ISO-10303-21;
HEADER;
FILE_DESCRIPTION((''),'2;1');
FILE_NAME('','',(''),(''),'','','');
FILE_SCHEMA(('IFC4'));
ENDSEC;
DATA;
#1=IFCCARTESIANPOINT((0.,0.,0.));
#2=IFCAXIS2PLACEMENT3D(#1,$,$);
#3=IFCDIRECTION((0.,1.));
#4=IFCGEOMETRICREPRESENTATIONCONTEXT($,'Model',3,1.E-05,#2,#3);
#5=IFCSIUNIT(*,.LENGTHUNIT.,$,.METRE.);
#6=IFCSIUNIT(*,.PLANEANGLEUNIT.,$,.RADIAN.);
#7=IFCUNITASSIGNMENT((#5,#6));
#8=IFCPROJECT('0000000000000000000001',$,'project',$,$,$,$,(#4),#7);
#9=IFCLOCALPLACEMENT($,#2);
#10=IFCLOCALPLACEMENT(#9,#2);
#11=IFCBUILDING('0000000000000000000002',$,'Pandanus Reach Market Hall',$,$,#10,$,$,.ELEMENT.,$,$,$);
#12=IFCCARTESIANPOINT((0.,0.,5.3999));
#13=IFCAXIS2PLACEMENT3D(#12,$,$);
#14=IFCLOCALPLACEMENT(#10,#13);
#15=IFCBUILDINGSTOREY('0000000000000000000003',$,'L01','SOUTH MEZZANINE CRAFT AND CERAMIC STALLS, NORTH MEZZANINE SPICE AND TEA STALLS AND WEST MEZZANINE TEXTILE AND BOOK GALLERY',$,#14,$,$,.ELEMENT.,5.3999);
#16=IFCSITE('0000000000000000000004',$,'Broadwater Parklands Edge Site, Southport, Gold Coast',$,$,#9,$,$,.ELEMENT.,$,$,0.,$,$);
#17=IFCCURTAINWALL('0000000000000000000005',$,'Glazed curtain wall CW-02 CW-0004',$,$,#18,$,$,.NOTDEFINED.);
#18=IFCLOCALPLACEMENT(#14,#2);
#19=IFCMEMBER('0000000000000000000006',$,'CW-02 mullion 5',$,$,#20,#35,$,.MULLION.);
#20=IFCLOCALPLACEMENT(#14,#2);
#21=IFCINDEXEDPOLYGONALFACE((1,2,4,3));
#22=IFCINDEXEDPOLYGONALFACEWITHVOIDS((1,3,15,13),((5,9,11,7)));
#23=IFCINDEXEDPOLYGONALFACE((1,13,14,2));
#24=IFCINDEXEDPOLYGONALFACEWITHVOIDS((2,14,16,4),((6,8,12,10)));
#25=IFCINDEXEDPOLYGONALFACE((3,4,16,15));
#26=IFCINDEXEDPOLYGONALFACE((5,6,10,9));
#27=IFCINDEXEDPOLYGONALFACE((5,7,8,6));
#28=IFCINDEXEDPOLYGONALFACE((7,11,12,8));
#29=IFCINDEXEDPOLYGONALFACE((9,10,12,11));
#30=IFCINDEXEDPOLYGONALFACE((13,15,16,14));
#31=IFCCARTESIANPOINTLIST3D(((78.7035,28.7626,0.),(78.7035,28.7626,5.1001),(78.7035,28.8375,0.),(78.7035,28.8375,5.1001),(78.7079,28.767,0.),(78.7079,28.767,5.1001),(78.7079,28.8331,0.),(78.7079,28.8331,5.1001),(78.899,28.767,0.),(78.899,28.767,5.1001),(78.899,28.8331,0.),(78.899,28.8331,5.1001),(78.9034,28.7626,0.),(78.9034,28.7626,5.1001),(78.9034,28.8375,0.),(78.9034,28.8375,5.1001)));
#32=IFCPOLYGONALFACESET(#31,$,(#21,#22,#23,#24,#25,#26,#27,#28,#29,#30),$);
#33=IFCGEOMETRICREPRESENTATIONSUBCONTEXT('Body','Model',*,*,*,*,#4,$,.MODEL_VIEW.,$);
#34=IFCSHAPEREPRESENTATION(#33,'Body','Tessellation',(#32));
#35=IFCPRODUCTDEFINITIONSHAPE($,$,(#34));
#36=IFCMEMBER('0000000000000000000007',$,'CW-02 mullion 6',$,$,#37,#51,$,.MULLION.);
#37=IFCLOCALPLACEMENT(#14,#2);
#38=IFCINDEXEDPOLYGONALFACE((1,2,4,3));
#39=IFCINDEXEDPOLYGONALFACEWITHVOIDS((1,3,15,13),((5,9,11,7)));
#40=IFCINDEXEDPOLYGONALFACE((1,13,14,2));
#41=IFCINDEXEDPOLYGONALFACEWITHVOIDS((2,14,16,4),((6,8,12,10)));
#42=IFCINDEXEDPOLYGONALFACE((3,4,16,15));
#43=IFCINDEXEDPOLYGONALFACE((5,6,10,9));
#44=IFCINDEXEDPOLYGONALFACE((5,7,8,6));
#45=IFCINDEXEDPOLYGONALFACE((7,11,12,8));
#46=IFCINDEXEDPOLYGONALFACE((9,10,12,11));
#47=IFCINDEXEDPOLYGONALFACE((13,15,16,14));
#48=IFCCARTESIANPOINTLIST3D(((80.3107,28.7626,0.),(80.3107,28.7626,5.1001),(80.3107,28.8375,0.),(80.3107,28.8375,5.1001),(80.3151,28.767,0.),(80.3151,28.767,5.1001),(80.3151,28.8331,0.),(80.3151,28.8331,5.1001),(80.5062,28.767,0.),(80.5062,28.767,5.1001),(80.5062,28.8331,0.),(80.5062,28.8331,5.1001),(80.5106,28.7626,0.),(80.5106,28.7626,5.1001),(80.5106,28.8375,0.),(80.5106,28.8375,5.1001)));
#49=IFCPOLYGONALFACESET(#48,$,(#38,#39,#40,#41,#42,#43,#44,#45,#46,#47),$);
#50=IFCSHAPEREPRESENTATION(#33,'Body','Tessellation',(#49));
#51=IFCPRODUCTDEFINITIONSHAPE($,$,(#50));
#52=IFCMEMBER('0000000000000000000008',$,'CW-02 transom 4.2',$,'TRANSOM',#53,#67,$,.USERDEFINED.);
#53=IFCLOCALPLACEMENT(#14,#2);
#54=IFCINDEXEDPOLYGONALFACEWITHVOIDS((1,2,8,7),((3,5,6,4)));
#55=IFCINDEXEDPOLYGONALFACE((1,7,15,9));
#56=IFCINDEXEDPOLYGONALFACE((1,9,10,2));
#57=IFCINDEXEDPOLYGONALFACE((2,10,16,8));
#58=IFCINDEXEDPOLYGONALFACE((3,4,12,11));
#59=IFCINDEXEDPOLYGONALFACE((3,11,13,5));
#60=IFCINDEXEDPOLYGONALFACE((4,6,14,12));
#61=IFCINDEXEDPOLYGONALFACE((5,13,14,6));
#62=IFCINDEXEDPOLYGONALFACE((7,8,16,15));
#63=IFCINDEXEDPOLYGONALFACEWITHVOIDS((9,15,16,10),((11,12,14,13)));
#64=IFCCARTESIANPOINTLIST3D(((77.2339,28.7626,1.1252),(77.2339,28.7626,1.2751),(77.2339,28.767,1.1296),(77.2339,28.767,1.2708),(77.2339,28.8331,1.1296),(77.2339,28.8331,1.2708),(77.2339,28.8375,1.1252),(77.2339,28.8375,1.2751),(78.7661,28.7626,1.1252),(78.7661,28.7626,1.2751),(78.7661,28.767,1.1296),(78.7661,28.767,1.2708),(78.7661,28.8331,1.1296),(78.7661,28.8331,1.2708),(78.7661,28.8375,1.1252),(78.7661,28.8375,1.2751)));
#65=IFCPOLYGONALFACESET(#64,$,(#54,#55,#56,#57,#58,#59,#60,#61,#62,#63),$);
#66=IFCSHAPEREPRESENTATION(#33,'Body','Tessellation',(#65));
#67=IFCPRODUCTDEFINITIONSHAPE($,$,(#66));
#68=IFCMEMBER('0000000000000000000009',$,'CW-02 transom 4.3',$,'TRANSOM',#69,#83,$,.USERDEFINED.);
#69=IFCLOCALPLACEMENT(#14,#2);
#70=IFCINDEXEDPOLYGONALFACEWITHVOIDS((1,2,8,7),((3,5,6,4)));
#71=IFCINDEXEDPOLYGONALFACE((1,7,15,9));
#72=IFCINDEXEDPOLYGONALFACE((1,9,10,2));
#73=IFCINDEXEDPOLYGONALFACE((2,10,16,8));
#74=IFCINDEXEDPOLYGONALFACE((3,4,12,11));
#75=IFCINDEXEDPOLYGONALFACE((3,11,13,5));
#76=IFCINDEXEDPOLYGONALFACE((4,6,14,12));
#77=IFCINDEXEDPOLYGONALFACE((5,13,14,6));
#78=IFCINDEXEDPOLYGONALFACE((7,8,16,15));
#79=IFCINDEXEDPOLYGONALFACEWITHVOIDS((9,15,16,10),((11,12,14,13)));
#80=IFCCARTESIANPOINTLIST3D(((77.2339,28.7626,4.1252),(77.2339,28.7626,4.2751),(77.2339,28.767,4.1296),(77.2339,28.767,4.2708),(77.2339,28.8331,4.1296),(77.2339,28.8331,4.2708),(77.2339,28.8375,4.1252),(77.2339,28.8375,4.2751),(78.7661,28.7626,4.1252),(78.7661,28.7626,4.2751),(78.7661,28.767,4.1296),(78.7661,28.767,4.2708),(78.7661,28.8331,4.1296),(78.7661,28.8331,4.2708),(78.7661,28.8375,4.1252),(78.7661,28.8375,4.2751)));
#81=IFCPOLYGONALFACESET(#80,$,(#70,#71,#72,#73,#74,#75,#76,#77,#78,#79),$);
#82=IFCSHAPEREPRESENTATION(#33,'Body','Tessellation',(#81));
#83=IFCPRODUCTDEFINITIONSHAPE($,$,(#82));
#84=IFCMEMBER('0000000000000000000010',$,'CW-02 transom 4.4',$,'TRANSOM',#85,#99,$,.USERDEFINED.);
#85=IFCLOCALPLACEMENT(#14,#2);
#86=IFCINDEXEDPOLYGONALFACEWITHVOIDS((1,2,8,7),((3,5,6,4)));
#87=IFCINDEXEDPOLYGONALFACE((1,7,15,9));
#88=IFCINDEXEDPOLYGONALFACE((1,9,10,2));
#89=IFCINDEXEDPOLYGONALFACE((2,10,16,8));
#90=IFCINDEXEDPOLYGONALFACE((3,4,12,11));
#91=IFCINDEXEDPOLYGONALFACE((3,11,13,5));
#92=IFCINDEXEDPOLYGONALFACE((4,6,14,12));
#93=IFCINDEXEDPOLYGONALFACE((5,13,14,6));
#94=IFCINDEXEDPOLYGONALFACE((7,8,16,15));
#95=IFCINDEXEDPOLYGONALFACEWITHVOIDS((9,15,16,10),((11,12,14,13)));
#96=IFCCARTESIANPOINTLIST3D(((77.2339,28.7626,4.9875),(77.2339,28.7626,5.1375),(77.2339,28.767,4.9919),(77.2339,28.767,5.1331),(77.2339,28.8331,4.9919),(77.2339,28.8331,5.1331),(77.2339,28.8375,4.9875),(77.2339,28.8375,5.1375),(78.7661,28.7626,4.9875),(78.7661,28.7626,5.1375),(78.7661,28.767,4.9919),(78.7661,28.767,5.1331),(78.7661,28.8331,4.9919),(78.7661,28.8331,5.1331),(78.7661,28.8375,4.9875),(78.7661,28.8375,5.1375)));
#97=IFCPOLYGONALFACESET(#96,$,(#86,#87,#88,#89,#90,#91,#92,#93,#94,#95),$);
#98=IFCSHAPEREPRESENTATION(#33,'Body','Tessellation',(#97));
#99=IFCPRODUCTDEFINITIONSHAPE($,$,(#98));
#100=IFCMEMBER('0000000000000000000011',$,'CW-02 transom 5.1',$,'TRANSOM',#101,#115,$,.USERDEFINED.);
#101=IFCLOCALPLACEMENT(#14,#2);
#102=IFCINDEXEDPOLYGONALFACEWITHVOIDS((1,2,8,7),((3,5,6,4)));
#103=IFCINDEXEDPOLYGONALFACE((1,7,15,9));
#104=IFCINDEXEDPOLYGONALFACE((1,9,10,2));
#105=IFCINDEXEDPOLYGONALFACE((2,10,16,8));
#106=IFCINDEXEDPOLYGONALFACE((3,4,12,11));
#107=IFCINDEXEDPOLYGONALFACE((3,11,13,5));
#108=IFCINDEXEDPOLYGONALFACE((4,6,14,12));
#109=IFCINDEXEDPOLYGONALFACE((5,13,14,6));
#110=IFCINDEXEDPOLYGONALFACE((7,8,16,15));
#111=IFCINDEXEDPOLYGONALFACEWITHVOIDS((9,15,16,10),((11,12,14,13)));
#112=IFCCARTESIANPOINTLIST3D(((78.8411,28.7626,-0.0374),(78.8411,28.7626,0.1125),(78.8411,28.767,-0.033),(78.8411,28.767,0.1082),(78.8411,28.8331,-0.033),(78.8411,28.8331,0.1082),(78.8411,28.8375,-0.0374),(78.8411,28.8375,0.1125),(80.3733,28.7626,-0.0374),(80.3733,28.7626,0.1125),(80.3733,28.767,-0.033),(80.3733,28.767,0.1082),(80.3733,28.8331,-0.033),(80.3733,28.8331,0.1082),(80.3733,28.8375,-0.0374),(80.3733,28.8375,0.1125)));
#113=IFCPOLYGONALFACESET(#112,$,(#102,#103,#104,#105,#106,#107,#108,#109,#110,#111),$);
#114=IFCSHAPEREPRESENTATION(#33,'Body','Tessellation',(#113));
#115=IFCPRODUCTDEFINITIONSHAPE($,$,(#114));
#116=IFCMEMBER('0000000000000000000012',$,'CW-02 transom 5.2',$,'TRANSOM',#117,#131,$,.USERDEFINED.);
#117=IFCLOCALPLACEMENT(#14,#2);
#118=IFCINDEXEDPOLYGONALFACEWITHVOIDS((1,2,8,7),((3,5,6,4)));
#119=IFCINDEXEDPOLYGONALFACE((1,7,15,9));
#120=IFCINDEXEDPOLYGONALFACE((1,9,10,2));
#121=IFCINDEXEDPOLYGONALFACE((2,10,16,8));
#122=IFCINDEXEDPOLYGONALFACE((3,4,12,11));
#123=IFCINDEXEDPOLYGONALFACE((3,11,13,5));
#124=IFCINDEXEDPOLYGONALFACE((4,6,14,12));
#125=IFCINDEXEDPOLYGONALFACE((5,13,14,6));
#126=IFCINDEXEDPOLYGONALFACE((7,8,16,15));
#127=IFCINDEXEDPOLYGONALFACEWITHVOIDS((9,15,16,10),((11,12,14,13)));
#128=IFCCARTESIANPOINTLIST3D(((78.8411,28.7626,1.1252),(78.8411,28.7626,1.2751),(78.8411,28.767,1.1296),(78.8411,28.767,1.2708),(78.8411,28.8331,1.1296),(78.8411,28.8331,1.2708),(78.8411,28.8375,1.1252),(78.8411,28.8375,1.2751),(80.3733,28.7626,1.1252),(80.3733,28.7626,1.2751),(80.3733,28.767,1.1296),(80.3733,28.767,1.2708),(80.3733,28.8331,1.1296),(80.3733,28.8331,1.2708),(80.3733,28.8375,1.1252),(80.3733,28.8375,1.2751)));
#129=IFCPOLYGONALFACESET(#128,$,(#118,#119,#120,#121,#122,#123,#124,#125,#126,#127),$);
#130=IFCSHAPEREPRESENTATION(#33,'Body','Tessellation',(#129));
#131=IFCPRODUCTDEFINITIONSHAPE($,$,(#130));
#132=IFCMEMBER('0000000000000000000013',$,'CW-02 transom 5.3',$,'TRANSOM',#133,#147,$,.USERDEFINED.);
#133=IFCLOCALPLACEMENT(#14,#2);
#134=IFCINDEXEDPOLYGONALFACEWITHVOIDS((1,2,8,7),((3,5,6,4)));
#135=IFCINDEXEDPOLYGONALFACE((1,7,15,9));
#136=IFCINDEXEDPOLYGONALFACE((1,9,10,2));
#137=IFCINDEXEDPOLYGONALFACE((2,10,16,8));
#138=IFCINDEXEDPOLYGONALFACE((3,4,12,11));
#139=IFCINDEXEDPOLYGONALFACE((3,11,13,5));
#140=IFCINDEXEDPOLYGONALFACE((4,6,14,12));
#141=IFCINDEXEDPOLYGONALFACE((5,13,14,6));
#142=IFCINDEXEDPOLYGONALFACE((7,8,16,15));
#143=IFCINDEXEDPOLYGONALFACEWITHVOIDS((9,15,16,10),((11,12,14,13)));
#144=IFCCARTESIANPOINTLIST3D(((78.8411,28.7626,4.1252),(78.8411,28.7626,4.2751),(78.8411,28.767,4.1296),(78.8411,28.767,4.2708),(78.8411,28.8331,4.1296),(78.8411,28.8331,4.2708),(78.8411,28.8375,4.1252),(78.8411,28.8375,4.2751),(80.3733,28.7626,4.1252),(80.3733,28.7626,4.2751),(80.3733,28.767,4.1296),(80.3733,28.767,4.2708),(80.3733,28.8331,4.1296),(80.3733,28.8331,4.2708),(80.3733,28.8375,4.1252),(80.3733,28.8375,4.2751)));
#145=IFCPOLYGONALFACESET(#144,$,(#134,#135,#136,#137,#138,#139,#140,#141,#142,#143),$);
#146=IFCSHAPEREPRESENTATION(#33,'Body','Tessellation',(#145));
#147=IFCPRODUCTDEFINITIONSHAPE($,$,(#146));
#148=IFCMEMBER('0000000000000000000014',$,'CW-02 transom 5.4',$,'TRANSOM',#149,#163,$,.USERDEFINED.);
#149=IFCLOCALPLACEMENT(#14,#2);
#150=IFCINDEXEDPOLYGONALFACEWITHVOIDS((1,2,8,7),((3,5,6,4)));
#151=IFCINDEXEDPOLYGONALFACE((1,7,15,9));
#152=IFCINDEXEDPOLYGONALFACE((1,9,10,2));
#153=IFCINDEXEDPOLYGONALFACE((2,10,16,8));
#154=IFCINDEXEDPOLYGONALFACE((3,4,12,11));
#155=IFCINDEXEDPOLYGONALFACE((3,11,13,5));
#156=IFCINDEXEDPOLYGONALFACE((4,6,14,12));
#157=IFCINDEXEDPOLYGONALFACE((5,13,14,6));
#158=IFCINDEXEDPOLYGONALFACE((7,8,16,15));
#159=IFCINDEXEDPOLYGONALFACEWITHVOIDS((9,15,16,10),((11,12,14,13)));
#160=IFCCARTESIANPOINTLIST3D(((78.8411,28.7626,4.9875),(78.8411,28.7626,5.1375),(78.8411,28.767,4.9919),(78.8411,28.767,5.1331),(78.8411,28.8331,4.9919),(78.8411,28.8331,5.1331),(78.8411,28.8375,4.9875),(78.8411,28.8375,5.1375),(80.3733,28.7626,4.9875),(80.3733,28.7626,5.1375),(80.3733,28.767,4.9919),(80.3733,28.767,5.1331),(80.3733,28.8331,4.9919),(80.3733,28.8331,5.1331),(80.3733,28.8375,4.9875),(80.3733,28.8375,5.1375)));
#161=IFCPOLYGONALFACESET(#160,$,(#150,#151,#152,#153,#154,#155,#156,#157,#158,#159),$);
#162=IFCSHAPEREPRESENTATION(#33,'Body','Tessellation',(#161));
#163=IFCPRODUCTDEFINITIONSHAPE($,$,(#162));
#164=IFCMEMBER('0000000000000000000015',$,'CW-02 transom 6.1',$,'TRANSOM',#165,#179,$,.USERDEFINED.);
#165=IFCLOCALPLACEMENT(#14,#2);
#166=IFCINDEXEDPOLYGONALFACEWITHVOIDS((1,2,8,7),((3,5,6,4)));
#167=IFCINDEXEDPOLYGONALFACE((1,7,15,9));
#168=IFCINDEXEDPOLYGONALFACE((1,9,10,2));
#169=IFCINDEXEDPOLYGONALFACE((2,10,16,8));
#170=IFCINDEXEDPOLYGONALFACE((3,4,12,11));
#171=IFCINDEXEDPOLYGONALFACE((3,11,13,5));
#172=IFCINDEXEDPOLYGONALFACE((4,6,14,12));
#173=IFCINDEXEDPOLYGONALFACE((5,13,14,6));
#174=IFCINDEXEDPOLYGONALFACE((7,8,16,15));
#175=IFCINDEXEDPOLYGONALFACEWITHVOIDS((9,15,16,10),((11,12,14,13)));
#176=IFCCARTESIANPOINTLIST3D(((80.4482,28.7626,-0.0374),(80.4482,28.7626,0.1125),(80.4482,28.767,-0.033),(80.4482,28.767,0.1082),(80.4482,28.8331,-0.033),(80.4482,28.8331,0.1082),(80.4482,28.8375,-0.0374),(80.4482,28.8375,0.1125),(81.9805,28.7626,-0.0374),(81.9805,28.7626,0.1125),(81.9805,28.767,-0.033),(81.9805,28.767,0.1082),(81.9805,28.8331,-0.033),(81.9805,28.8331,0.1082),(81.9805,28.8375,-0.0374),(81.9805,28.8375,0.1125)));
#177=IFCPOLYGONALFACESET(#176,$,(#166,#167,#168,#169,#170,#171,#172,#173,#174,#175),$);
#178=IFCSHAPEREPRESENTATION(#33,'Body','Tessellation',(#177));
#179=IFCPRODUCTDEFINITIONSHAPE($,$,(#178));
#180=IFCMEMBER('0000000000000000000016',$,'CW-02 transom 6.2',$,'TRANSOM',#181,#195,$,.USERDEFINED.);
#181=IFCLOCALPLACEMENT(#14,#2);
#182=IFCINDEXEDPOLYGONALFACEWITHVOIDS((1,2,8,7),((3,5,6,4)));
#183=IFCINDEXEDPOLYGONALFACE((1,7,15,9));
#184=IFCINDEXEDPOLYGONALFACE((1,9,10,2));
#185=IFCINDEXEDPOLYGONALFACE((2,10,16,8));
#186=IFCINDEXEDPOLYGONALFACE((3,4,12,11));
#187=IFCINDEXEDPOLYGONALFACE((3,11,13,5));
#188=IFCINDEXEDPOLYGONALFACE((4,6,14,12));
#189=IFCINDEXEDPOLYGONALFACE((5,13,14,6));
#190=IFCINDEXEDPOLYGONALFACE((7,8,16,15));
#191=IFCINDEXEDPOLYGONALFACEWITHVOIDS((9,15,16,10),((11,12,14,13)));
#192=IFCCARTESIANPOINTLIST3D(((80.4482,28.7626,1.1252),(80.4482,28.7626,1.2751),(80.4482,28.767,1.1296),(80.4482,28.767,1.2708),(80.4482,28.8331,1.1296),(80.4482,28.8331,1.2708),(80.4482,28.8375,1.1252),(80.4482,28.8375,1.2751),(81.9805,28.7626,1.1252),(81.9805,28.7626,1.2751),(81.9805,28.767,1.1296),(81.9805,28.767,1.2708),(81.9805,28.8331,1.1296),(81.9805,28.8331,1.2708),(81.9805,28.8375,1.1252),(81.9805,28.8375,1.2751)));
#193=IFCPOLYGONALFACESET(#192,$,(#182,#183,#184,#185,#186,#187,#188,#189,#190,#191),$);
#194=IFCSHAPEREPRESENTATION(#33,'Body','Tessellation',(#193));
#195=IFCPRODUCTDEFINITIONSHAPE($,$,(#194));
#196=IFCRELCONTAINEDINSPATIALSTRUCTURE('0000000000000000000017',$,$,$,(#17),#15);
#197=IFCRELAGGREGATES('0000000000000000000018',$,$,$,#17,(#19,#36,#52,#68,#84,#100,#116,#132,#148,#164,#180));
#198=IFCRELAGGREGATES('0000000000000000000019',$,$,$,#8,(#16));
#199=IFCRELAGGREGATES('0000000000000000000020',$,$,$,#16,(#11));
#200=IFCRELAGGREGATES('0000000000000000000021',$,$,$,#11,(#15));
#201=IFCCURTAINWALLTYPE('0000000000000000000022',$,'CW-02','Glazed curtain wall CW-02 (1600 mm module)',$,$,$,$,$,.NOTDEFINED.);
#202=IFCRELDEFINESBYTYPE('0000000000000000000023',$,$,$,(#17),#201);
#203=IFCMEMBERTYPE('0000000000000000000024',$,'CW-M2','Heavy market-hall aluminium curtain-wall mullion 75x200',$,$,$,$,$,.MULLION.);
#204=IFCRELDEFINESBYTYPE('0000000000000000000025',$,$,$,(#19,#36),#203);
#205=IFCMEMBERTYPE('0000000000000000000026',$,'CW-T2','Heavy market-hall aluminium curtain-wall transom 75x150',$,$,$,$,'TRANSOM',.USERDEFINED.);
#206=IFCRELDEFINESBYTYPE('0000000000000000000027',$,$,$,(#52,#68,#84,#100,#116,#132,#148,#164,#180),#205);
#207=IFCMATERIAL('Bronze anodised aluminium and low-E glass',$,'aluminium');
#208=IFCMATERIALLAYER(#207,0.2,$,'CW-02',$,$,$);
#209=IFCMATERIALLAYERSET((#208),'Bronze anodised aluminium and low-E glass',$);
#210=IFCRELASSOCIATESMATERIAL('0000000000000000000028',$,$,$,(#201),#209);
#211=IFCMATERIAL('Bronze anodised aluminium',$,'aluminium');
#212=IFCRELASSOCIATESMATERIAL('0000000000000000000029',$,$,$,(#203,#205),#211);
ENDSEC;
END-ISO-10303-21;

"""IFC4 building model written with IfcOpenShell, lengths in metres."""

from ifc_helpers import new_model, si_unit, direction, frame, origin, origin_2d, place, context, subcontext, project, spatial, hollow_rectangle, extrude, material, layer, layer_set, material_profile, profile_set, type_object, element, aggregate, save


model = new_model("IFC4")

# Units and contexts
model_context = context("Model", 3, precision=1e-05, world=origin(), true_north=direction((0.0, 1.0)))
body_context = subcontext(model_context, "Body", "Model", "MODEL_VIEW")
ifc_project = project(units=[si_unit("LENGTHUNIT", "METRE"), si_unit("PLANEANGLEUNIT", "RADIAN")], contexts=[model_context])

# Site, building, storey
site_placement = place(None, origin())
site = spatial("IfcSite", under=ifc_project, at=site_placement, Name="Broadwater Parklands Edge Site, Southport, Gold Coast", CompositionType="ELEMENT", RefElevation=0.0)
building_placement = place(site_placement, origin())
building = spatial("IfcBuilding", under=site, at=building_placement, Name="Pandanus Reach Market Hall", CompositionType="ELEMENT")
storey_placement = place(building_placement, frame((0.0, 0.0, 5.3999)))
storey = spatial("IfcBuildingStorey", under=building, at=storey_placement, Name="L01", Description="SOUTH MEZZANINE CRAFT AND CERAMIC STALLS, NORTH MEZZANINE SPICE AND TEA STALLS AND WEST MEZZANINE TEXTILE AND BOOK GALLERY", CompositionType="ELEMENT", Elevation=5.3999)

# Curtain wall, members
ifc_material_1 = material(Name="Bronze anodised aluminium and low-E glass", Category="aluminium")
ifc_layer_1 = layer(ifc_material_1, 0.2, Name="CW-02")
ifc_layer_set_1 = layer_set([ifc_layer_1], Name="Bronze anodised aluminium and low-E glass")
curtain_wall_type = type_object("IfcCurtainWallType", Name="CW-02", Description="Glazed curtain wall CW-02 (1600 mm module)", PredefinedType="NOTDEFINED", material=ifc_layer_set_1)
curtain_wall_placement = place(storey_placement, origin())
curtain_wall = element("IfcCurtainWall", 1, at=curtain_wall_placement, inside=storey, type_object=curtain_wall_type, Name="Glazed curtain wall CW-02 CW-0004", PredefinedType="NOTDEFINED")
ifc_material_2 = material(Name="Bronze anodised aluminium", Category="aluminium")
ifc_material_profile_1 = material_profile(ifc_material_2, hollow_rectangle(XDim=0.075, YDim=0.2, WallThickness=0.0044, at=origin_2d()), Name="ALU75x200", Category="LoadBearing")
ifc_profile_set_1 = profile_set([ifc_material_profile_1], Name="Bronze anodised aluminium")
member_type_1 = type_object("IfcMemberType", Name="CW-M2", Description="Heavy market-hall aluminium curtain-wall mullion 75x200", PredefinedType="MULLION", material=ifc_profile_set_1)
member_1_placement = place(storey_placement, frame((78.8035, 28.8, 0.0), z_axis=(0.0, 0.0, 1.0), x_axis=(0.0, 1.0, 0.0)))
member_1 = element("IfcMember", 2, at=member_1_placement, type_object=member_type_1, Name="CW-02 mullion 5", PredefinedType="MULLION", context=body_context, shape_type="SweptSolid", body=[
    extrude(hollow_rectangle(XDim=0.075, YDim=0.2, WallThickness=0.0044, at=origin_2d()), origin(), (0.0, 0.0, 1.0), 5.1001),
])
member_2_placement = place(storey_placement, frame((80.4106, 28.8, 0.0), z_axis=(0.0, 0.0, 1.0), x_axis=(0.0, 1.0, 0.0)))
member_2 = element("IfcMember", 3, at=member_2_placement, type_object=member_type_1, Name="CW-02 mullion 6", PredefinedType="MULLION", context=body_context, shape_type="SweptSolid", body=[
    extrude(hollow_rectangle(XDim=0.075, YDim=0.2, WallThickness=0.0044, at=origin_2d()), origin(), (0.0, 0.0, 1.0), 5.1001),
])
ifc_material_profile_2 = material_profile(ifc_material_2, hollow_rectangle(XDim=0.075, YDim=0.1499, WallThickness=0.0044, at=origin_2d()), Name="ALU75x150", Category="LoadBearing")
ifc_profile_set_2 = profile_set([ifc_material_profile_2], Name="Bronze anodised aluminium")
member_type_2 = type_object("IfcMemberType", Name="CW-T2", Description="Heavy market-hall aluminium curtain-wall transom 75x150", ElementType="TRANSOM", PredefinedType="USERDEFINED", material=ifc_profile_set_2)
member_3_placement = place(storey_placement, frame((77.2339, 28.8, 1.2002), z_axis=(1.0, 0.0, 0.0), x_axis=(0.0, 1.0, 0.0)))
member_3 = element("IfcMember", 4, at=member_3_placement, type_object=member_type_2, Name="CW-02 transom 4.2", ObjectType="TRANSOM", PredefinedType="USERDEFINED", context=body_context, shape_type="SweptSolid", body=[
    extrude(hollow_rectangle(XDim=0.075, YDim=0.1499, WallThickness=0.0044, at=origin_2d()), origin(), (0.0, 0.0, 1.0), 1.5322),
])
member_4_placement = place(storey_placement, frame((77.2339, 28.8, 4.2002), z_axis=(1.0, 0.0, 0.0), x_axis=(0.0, 1.0, 0.0)))
member_4 = element("IfcMember", 5, at=member_4_placement, type_object=member_type_2, Name="CW-02 transom 4.3", ObjectType="TRANSOM", PredefinedType="USERDEFINED", context=body_context, shape_type="SweptSolid", body=[
    extrude(hollow_rectangle(XDim=0.075, YDim=0.1499, WallThickness=0.0044, at=origin_2d()), origin(), (0.0, 0.0, 1.0), 1.5322),
])
member_5_placement = place(storey_placement, frame((77.2339, 28.8, 5.0625), z_axis=(1.0, 0.0, 0.0), x_axis=(0.0, 1.0, 0.0)))
member_5 = element("IfcMember", 6, at=member_5_placement, type_object=member_type_2, Name="CW-02 transom 4.4", ObjectType="TRANSOM", PredefinedType="USERDEFINED", context=body_context, shape_type="SweptSolid", body=[
    extrude(hollow_rectangle(XDim=0.075, YDim=0.1499, WallThickness=0.0044, at=origin_2d()), origin(), (0.0, 0.0, 1.0), 1.5322),
])
member_6_placement = place(storey_placement, frame((78.8411, 28.8, 0.0376), z_axis=(1.0, 0.0, 0.0), x_axis=(0.0, 1.0, 0.0)))
member_6 = element("IfcMember", 7, at=member_6_placement, type_object=member_type_2, Name="CW-02 transom 5.1", ObjectType="TRANSOM", PredefinedType="USERDEFINED", context=body_context, shape_type="SweptSolid", body=[
    extrude(hollow_rectangle(XDim=0.075, YDim=0.1499, WallThickness=0.0044, at=origin_2d()), origin(), (0.0, 0.0, 1.0), 1.5322),
])
member_7_placement = place(storey_placement, frame((78.8411, 28.8, 1.2002), z_axis=(1.0, 0.0, 0.0), x_axis=(0.0, 1.0, 0.0)))
member_7 = element("IfcMember", 8, at=member_7_placement, type_object=member_type_2, Name="CW-02 transom 5.2", ObjectType="TRANSOM", PredefinedType="USERDEFINED", context=body_context, shape_type="SweptSolid", body=[
    extrude(hollow_rectangle(XDim=0.075, YDim=0.1499, WallThickness=0.0044, at=origin_2d()), origin(), (0.0, 0.0, 1.0), 1.5322),
])
member_8_placement = place(storey_placement, frame((78.8411, 28.8, 4.2002), z_axis=(1.0, 0.0, 0.0), x_axis=(0.0, 1.0, 0.0)))
member_8 = element("IfcMember", 9, at=member_8_placement, type_object=member_type_2, Name="CW-02 transom 5.3", ObjectType="TRANSOM", PredefinedType="USERDEFINED", context=body_context, shape_type="SweptSolid", body=[
    extrude(hollow_rectangle(XDim=0.075, YDim=0.1499, WallThickness=0.0044, at=origin_2d()), origin(), (0.0, 0.0, 1.0), 1.5322),
])
member_9_placement = place(storey_placement, frame((78.8411, 28.8, 5.0625), z_axis=(1.0, 0.0, 0.0), x_axis=(0.0, 1.0, 0.0)))
member_9 = element("IfcMember", 10, at=member_9_placement, type_object=member_type_2, Name="CW-02 transom 5.4", ObjectType="TRANSOM", PredefinedType="USERDEFINED", context=body_context, shape_type="SweptSolid", body=[
    extrude(hollow_rectangle(XDim=0.075, YDim=0.1499, WallThickness=0.0044, at=origin_2d()), origin(), (0.0, 0.0, 1.0), 1.5322),
])
member_10_placement = place(storey_placement, frame((80.4482, 28.8, 0.0376), z_axis=(1.0, 0.0, 0.0), x_axis=(0.0, 1.0, 0.0)))
member_10 = element("IfcMember", 11, at=member_10_placement, type_object=member_type_2, Name="CW-02 transom 6.1", ObjectType="TRANSOM", PredefinedType="USERDEFINED", context=body_context, shape_type="SweptSolid", body=[
    extrude(hollow_rectangle(XDim=0.075, YDim=0.1499, WallThickness=0.0044, at=origin_2d()), origin(), (0.0, 0.0, 1.0), 1.5322),
])
member_11_placement = place(storey_placement, frame((80.4482, 28.8, 1.2002), z_axis=(1.0, 0.0, 0.0), x_axis=(0.0, 1.0, 0.0)))
member_11 = element("IfcMember", 12, at=member_11_placement, type_object=member_type_2, Name="CW-02 transom 6.2", ObjectType="TRANSOM", PredefinedType="USERDEFINED", context=body_context, shape_type="SweptSolid", body=[
    extrude(hollow_rectangle(XDim=0.075, YDim=0.1499, WallThickness=0.0044, at=origin_2d()), origin(), (0.0, 0.0, 1.0), 1.5322),
])
aggregate(curtain_wall, [member_1, member_2, member_3, member_4, member_5, member_6, member_7, member_8, member_9, member_10, member_11])

save(model, "model.ifc")
